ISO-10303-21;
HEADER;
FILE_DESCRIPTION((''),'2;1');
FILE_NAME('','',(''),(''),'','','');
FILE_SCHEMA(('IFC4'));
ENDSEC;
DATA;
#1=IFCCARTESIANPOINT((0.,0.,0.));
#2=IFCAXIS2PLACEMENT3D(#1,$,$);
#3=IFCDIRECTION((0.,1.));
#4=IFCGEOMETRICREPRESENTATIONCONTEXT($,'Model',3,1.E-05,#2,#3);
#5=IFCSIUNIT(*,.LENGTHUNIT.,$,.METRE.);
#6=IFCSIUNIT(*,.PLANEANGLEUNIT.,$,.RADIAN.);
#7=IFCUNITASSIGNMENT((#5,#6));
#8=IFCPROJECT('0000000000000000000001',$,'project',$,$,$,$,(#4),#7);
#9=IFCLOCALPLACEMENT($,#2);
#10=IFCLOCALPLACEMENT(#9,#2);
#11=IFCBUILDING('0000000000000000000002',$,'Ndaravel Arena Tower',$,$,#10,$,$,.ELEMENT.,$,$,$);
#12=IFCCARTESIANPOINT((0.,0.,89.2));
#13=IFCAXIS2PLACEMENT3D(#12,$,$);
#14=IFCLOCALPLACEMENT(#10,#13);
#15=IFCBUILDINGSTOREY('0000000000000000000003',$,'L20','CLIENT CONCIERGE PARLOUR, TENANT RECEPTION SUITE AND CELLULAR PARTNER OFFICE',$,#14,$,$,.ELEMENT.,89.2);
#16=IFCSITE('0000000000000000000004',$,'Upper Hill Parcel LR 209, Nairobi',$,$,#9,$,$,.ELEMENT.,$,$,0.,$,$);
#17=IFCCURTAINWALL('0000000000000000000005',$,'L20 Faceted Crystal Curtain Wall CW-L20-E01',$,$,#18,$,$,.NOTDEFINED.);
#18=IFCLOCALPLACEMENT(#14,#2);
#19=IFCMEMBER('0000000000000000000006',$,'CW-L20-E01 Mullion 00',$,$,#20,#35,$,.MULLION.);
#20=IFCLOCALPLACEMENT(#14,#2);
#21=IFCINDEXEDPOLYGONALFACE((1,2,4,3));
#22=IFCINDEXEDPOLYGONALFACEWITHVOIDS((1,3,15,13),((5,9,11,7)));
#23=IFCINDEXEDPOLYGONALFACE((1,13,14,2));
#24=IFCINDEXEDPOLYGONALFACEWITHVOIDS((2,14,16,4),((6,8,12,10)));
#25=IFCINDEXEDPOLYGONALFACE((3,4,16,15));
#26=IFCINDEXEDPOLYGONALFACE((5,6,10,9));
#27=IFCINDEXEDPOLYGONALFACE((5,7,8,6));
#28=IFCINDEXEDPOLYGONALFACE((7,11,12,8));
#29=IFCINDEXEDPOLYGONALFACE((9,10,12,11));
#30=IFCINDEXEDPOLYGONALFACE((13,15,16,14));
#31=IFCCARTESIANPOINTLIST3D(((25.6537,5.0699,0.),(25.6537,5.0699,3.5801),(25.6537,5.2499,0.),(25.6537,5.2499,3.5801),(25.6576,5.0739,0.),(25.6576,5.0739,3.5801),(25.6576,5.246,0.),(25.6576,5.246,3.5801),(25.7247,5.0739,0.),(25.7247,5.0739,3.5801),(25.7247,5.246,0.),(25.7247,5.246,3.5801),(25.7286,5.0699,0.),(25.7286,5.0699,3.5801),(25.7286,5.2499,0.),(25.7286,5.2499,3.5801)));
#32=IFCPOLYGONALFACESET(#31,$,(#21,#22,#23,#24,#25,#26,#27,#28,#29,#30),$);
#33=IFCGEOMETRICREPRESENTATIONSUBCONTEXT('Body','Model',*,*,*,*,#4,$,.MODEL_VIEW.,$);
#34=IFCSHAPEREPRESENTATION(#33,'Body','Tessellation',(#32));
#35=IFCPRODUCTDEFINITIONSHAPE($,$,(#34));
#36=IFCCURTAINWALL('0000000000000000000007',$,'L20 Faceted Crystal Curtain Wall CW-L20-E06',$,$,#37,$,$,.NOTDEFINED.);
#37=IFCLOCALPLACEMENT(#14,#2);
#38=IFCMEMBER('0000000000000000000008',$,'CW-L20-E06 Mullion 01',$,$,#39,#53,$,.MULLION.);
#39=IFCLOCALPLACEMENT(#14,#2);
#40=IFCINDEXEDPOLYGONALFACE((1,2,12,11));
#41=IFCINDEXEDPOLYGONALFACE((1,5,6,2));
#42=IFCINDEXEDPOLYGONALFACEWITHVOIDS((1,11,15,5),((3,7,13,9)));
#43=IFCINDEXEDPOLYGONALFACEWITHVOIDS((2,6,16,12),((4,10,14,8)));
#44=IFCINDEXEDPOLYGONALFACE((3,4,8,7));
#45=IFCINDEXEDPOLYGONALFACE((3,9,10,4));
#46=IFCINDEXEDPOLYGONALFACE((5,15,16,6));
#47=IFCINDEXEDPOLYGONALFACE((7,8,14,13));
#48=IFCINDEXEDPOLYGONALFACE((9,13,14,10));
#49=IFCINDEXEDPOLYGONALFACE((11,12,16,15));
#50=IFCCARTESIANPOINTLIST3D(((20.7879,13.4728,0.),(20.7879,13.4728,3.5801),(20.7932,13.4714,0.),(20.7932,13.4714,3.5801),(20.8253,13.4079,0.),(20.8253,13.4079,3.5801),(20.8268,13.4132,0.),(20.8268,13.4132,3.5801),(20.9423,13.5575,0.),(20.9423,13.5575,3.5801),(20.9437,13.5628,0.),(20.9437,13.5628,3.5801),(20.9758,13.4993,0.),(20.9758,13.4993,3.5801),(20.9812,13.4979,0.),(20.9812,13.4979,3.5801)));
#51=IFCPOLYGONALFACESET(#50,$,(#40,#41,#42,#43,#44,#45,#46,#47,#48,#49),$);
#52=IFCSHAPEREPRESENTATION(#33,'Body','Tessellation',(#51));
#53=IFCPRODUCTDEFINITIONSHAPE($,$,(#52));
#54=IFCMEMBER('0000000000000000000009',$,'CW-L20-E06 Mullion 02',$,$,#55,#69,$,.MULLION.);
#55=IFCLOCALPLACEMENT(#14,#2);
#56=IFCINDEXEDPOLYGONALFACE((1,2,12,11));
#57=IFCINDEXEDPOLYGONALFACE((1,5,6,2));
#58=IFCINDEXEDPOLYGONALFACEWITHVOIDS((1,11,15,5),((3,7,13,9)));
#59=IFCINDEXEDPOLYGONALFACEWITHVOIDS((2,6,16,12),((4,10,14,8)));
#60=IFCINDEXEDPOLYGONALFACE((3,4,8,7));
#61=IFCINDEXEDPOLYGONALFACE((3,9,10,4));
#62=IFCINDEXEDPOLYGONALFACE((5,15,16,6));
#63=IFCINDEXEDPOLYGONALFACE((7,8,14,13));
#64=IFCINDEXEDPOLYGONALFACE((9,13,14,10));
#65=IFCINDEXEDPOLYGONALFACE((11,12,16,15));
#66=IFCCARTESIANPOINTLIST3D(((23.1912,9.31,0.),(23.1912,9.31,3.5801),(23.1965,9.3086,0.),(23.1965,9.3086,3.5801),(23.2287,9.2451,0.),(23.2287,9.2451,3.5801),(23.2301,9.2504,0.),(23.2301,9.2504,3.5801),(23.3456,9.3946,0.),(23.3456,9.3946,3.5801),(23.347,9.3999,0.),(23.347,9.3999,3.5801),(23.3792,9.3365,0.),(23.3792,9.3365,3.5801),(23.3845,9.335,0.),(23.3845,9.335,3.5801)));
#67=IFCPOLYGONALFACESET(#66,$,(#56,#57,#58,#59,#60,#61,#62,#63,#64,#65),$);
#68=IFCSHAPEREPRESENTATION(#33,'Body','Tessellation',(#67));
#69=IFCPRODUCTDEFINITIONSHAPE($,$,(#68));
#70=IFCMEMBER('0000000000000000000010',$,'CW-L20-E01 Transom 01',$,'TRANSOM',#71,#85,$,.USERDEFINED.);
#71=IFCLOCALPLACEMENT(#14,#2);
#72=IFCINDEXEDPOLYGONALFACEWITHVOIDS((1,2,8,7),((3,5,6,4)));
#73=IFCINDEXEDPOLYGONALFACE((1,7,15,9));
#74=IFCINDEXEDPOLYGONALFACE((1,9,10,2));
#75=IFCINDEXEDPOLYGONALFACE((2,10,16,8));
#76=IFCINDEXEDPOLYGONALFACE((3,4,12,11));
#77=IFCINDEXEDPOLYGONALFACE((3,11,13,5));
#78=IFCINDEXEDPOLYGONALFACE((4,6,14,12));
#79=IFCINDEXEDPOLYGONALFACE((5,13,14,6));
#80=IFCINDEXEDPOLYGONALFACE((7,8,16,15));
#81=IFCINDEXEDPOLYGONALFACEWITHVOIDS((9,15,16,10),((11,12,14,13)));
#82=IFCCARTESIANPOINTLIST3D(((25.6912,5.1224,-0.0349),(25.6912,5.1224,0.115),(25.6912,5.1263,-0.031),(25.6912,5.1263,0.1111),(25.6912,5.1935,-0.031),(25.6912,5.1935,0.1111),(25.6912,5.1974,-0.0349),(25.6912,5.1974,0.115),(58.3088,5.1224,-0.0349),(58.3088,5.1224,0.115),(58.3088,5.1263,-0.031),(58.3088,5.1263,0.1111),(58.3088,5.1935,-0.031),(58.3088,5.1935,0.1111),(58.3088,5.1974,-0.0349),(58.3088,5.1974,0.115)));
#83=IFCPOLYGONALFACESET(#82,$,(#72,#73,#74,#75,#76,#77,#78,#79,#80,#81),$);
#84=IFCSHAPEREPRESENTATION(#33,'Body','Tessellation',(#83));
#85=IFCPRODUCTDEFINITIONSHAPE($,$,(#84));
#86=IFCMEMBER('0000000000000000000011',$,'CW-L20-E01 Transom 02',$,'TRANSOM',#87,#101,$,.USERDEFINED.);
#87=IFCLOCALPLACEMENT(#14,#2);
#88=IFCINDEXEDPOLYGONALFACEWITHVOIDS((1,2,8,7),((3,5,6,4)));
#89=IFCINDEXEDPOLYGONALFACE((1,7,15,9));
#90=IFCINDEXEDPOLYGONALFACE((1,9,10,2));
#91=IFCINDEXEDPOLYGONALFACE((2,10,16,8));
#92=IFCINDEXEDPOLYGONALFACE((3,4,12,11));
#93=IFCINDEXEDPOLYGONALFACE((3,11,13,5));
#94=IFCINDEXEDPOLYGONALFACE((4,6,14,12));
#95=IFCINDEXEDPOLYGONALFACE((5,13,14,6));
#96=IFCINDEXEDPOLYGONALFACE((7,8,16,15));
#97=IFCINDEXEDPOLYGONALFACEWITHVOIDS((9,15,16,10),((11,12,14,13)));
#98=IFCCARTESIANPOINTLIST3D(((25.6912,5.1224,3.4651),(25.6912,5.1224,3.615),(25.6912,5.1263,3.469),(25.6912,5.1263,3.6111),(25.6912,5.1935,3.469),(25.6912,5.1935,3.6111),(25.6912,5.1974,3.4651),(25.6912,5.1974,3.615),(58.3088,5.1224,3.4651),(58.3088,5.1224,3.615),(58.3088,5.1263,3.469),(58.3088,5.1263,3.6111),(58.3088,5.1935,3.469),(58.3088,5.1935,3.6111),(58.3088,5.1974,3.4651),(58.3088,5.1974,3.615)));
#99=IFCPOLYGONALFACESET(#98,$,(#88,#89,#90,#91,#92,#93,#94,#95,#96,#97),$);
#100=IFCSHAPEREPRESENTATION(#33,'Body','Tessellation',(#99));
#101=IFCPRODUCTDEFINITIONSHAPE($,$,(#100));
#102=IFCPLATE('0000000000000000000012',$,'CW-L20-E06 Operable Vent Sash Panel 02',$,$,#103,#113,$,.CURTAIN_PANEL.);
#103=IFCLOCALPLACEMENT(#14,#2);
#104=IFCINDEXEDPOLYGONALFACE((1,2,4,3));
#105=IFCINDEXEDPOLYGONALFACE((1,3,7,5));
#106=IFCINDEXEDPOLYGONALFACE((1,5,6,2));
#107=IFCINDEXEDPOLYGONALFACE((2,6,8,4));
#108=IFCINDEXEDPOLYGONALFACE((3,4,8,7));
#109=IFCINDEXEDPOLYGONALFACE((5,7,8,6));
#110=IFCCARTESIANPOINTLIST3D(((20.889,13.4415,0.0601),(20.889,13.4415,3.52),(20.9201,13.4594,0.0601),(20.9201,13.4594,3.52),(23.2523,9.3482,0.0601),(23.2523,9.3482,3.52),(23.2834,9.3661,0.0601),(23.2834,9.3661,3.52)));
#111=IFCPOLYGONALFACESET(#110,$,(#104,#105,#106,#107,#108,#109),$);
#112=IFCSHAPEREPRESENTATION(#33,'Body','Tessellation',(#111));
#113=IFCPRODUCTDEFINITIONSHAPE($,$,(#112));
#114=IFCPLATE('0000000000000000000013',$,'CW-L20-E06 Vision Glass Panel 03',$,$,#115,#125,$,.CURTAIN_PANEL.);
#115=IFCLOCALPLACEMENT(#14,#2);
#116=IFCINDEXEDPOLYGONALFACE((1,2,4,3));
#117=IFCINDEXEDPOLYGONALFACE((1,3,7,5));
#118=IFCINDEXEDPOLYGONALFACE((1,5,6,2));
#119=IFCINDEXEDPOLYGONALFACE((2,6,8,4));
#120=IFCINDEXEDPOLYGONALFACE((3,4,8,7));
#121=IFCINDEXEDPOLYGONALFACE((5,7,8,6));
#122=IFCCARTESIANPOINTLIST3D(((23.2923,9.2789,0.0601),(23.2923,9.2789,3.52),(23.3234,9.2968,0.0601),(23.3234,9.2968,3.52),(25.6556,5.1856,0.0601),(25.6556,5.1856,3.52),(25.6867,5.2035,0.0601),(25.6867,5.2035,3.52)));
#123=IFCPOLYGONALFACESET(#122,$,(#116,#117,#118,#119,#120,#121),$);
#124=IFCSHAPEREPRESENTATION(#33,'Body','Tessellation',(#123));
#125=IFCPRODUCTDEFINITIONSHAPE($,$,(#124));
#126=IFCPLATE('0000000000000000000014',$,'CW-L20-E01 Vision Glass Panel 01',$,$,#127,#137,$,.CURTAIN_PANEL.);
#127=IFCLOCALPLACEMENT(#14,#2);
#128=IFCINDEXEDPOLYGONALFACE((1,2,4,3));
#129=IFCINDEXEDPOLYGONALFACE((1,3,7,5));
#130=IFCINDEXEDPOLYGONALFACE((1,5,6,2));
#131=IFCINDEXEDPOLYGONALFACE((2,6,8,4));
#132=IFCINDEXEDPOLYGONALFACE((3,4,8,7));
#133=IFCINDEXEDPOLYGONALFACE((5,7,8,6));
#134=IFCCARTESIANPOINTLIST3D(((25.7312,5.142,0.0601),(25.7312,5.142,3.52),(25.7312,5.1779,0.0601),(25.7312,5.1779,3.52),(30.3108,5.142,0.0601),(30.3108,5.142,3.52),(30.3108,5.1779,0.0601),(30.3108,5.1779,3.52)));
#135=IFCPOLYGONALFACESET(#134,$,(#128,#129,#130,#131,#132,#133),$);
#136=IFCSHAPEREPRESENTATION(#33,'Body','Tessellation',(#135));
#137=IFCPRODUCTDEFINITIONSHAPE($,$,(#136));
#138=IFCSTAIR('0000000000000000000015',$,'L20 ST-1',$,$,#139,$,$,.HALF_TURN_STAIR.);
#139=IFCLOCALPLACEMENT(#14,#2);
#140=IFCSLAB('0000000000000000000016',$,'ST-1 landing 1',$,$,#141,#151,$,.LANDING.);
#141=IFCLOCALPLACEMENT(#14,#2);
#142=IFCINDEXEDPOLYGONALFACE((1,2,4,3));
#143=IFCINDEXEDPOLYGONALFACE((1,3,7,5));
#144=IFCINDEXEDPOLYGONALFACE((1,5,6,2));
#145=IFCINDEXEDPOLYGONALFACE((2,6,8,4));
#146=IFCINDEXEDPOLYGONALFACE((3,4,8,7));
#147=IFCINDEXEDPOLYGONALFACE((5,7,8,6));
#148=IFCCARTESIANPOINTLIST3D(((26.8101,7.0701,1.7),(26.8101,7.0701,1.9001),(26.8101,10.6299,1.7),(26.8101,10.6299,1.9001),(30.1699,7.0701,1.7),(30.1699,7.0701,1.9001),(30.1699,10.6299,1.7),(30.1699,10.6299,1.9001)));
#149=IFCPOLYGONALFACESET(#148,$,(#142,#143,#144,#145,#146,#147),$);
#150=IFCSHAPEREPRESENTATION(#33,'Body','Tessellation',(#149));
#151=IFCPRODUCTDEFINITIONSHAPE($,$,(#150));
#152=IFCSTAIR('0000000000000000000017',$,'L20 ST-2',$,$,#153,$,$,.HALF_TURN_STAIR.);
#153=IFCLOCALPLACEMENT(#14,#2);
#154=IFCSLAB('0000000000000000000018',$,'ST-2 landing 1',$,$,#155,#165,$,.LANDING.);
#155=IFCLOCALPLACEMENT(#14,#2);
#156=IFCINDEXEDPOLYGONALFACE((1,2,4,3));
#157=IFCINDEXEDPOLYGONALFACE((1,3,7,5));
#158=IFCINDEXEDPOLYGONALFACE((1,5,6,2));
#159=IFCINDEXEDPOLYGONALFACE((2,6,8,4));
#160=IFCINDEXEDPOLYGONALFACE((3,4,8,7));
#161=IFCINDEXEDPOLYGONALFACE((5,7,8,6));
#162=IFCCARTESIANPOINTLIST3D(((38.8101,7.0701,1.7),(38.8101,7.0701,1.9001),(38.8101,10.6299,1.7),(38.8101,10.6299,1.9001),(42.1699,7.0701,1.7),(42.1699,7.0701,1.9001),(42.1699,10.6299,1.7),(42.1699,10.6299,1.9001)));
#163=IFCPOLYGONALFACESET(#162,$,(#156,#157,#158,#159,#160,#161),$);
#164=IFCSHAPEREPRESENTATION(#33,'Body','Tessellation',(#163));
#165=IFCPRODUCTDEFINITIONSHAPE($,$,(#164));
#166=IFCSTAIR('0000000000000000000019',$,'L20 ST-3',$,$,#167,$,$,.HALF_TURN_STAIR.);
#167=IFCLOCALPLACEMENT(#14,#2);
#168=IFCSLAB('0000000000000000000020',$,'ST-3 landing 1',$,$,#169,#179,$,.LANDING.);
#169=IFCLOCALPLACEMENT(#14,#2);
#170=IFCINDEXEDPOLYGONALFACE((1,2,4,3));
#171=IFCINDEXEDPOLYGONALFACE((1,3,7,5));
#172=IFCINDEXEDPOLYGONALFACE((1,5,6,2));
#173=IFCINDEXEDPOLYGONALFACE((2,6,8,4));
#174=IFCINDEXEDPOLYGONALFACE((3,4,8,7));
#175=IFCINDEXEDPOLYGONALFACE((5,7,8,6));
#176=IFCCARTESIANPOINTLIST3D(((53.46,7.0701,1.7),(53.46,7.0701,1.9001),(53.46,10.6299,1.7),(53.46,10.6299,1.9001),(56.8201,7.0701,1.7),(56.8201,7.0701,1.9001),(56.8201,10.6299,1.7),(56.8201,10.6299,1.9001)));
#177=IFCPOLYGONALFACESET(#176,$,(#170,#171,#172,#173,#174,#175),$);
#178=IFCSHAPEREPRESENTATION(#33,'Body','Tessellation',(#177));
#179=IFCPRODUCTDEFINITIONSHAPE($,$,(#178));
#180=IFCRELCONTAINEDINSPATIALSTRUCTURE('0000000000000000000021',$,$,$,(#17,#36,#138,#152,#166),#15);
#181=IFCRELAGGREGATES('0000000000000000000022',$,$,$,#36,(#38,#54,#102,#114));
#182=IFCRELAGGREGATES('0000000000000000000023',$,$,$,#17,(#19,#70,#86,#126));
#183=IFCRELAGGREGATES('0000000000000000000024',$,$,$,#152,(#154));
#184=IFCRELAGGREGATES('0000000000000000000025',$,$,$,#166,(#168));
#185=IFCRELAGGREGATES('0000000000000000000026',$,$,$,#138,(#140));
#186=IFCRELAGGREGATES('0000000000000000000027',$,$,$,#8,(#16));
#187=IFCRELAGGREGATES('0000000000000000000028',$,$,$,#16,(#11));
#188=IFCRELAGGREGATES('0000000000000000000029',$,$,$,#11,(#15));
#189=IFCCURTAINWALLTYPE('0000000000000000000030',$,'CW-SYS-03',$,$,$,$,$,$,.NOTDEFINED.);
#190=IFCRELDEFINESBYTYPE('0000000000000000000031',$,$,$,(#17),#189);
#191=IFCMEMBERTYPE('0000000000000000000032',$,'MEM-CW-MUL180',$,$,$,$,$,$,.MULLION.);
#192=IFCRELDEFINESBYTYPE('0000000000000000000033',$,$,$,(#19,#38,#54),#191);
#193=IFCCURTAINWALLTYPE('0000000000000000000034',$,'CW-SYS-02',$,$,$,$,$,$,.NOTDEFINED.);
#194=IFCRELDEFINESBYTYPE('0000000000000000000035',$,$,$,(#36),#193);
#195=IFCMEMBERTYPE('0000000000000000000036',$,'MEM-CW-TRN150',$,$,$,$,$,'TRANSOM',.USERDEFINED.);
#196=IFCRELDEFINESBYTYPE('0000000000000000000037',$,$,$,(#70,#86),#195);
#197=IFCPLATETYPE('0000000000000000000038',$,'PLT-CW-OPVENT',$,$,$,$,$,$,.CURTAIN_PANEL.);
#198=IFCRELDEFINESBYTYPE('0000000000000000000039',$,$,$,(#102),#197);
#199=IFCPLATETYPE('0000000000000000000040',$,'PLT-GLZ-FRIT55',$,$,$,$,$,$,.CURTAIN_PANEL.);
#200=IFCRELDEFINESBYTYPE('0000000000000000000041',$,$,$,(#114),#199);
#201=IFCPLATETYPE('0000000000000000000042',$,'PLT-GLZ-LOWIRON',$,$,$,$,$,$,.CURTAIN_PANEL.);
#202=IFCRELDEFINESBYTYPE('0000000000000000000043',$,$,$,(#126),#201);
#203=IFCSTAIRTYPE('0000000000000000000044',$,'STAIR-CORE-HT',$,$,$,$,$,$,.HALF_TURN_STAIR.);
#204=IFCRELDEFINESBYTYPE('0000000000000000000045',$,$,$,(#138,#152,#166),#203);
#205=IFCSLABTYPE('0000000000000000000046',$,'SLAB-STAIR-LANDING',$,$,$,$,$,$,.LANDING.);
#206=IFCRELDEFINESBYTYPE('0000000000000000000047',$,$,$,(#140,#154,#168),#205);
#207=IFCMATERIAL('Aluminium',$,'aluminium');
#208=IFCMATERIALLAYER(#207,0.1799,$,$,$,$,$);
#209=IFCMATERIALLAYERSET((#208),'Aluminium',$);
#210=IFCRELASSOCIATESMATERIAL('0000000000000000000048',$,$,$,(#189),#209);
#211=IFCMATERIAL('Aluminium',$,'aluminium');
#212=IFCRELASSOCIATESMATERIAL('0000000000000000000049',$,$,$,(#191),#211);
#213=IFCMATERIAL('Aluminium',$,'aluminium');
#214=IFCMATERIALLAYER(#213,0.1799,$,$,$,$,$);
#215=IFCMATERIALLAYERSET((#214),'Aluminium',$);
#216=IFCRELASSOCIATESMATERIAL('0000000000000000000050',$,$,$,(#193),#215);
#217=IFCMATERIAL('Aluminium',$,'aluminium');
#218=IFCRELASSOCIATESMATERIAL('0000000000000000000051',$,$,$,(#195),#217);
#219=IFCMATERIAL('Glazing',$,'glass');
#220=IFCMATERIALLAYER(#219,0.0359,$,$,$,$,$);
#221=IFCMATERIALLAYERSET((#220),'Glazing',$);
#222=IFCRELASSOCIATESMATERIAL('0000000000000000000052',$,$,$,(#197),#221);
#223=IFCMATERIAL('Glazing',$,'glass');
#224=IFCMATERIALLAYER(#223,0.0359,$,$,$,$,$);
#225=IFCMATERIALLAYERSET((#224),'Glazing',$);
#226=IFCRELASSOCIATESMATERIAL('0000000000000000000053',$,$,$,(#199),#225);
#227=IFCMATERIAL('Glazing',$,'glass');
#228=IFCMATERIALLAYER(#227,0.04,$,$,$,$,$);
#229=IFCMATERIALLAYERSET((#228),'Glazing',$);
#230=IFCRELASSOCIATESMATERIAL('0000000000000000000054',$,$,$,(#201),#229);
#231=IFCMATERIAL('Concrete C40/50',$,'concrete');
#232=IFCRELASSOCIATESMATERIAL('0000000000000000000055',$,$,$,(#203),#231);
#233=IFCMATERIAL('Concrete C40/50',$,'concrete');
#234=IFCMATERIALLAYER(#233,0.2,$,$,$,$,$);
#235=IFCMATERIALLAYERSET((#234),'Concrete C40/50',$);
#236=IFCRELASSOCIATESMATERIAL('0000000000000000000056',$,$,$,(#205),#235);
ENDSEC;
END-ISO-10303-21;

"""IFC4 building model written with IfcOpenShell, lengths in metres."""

from ifc_helpers import new_model, si_unit, direction, frame, origin, origin_2d, place, context, subcontext, project, spatial, polyline, rectangle, hollow_rectangle, outline, extrude, material, layer, layer_set, material_profile, profile_set, type_object, element, aggregate, save


model = new_model("IFC4")

# Units and contexts
model_context = context("Model", 3, precision=1e-05, world=origin(), true_north=direction((0.0, 1.0)))
body_context = subcontext(model_context, "Body", "Model", "MODEL_VIEW")
ifc_project = project(units=[si_unit("LENGTHUNIT", "METRE"), si_unit("PLANEANGLEUNIT", "RADIAN")], contexts=[model_context])

# Site, building, storey
site_placement = place(None, origin())
site = spatial("IfcSite", under=ifc_project, at=site_placement, Name="Upper Hill Parcel LR 209, Nairobi", CompositionType="ELEMENT", RefElevation=0.0)
building_placement = place(site_placement, origin())
building = spatial("IfcBuilding", under=site, at=building_placement, Name="Ndaravel Arena Tower", CompositionType="ELEMENT")
storey_placement = place(building_placement, frame((0.0, 0.0, 89.2)))
storey = spatial("IfcBuildingStorey", under=building, at=storey_placement, Name="L20", Description="CLIENT CONCIERGE PARLOUR, TENANT RECEPTION SUITE AND CELLULAR PARTNER OFFICE", CompositionType="ELEMENT", Elevation=89.2)

# Curtain wall, member
ifc_material_1 = material(Name="Aluminium", Category="aluminium")
ifc_layer_1 = layer(ifc_material_1, 0.1799)
ifc_layer_set_1 = layer_set([ifc_layer_1], Name="Aluminium")
curtain_wall_type_1 = type_object("IfcCurtainWallType", Name="CW-SYS-03", PredefinedType="NOTDEFINED", material=ifc_layer_set_1)
curtain_wall_1_placement = place(storey_placement, origin())
curtain_wall_1 = element("IfcCurtainWall", 1, at=curtain_wall_1_placement, inside=storey, type_object=curtain_wall_type_1, Name="L20 Faceted Crystal Curtain Wall CW-L20-E01", PredefinedType="NOTDEFINED")
ifc_material_2 = material(Name="Aluminium", Category="aluminium")
ifc_material_profile_1 = material_profile(ifc_material_2, hollow_rectangle(XDim=0.075, YDim=0.1799, WallThickness=0.0039, at=origin_2d()), Name="CW MULLION 75x180x4")
ifc_profile_set_1 = profile_set([ifc_material_profile_1], Name="Aluminium")
member_type_1 = type_object("IfcMemberType", Name="MEM-CW-MUL180", PredefinedType="MULLION", material=ifc_profile_set_1)
member_1_placement = place(storey_placement, frame((25.6912, 5.1599, 0.0), z_axis=(0.0, 0.0, 1.0), x_axis=(1.0, 0.0, 0.0)))
member_1 = element("IfcMember", 2, at=member_1_placement, type_object=member_type_1, Name="CW-L20-E01 Mullion 00", PredefinedType="MULLION", context=body_context, shape_type="SweptSolid", body=[
    extrude(hollow_rectangle(XDim=0.075, YDim=0.1799, WallThickness=0.0039, at=origin_2d()), origin(), (0.0, 0.0, 1.0), 3.5801),
])

# Curtain wall, members
ifc_material_3 = material(Name="Aluminium", Category="aluminium")
ifc_layer_2 = layer(ifc_material_3, 0.1799)
ifc_layer_set_2 = layer_set([ifc_layer_2], Name="Aluminium")
curtain_wall_type_2 = type_object("IfcCurtainWallType", Name="CW-SYS-02", PredefinedType="NOTDEFINED", material=ifc_layer_set_2)
curtain_wall_2_placement = place(storey_placement, origin())
curtain_wall_2 = element("IfcCurtainWall", 3, at=curtain_wall_2_placement, inside=storey, type_object=curtain_wall_type_2, Name="L20 Faceted Crystal Curtain Wall CW-L20-E06", PredefinedType="NOTDEFINED")
member_2_placement = place(storey_placement, frame((20.8845, 13.4854, 0.0), z_axis=(0.0, 0.0, 1.0), x_axis=(0.5, -0.866025, 0.0)))
member_2 = element("IfcMember", 4, at=member_2_placement, type_object=member_type_1, Name="CW-L20-E06 Mullion 01", PredefinedType="MULLION", context=body_context, shape_type="SweptSolid", body=[
    extrude(hollow_rectangle(XDim=0.075, YDim=0.1799, WallThickness=0.0039, at=origin_2d()), origin(), (0.0, 0.0, 1.0), 3.5801),
])
member_3_placement = place(storey_placement, frame((23.2878, 9.3225, 0.0), z_axis=(0.0, 0.0, 1.0), x_axis=(0.5, -0.866025, 0.0)))
member_3 = element("IfcMember", 5, at=member_3_placement, type_object=member_type_1, Name="CW-L20-E06 Mullion 02", PredefinedType="MULLION", context=body_context, shape_type="SweptSolid", body=[
    extrude(hollow_rectangle(XDim=0.075, YDim=0.1799, WallThickness=0.0039, at=origin_2d()), origin(), (0.0, 0.0, 1.0), 3.5801),
])

# Members
ifc_material_4 = material(Name="Aluminium", Category="aluminium")
ifc_material_profile_2 = material_profile(ifc_material_4, hollow_rectangle(XDim=0.075, YDim=0.1499, WallThickness=0.0039, at=origin_2d()), Name="CW TRANSOM 75x150x4")
ifc_profile_set_2 = profile_set([ifc_material_profile_2], Name="Aluminium")
member_type_2 = type_object("IfcMemberType", Name="MEM-CW-TRN150", ElementType="TRANSOM", PredefinedType="USERDEFINED", material=ifc_profile_set_2)
member_4_placement = place(storey_placement, frame((25.6912, 5.1599, 0.04), z_axis=(1.0, 0.0, 0.0), x_axis=(0.0, 1.0, 0.0)))
member_4 = element("IfcMember", 6, at=member_4_placement, type_object=member_type_2, Name="CW-L20-E01 Transom 01", ObjectType="TRANSOM", PredefinedType="USERDEFINED", context=body_context, shape_type="SweptSolid", body=[
    extrude(hollow_rectangle(XDim=0.075, YDim=0.1499, WallThickness=0.0039, at=origin_2d()), origin(), (0.0, 0.0, 1.0), 32.6177),
])
member_5_placement = place(storey_placement, frame((25.6912, 5.1599, 3.54), z_axis=(1.0, 0.0, 0.0), x_axis=(0.0, 1.0, 0.0)))
member_5 = element("IfcMember", 7, at=member_5_placement, type_object=member_type_2, Name="CW-L20-E01 Transom 02", ObjectType="TRANSOM", PredefinedType="USERDEFINED", context=body_context, shape_type="SweptSolid", body=[
    extrude(hollow_rectangle(XDim=0.075, YDim=0.1499, WallThickness=0.0039, at=origin_2d()), origin(), (0.0, 0.0, 1.0), 32.6177),
])

# Plates
ifc_material_5 = material(Name="Glazing", Category="glass")
ifc_layer_3 = layer(ifc_material_5, 0.0359)
ifc_layer_set_3 = layer_set([ifc_layer_3], Name="Glazing")
plate_type_1 = type_object("IfcPlateType", Name="PLT-CW-OPVENT", PredefinedType="CURTAIN_PANEL", material=ifc_layer_set_3)
plate_1_placement = place(storey_placement, frame((22.0862, 11.4038, 0.0601), z_axis=(0.0, 0.0, 1.0), x_axis=(0.5, -0.866025, 0.0)))
plate_1 = element("IfcPlate", 8, at=plate_1_placement, type_object=plate_type_1, Name="CW-L20-E06 Operable Vent Sash Panel 02", PredefinedType="CURTAIN_PANEL", context=body_context, shape_type="SweptSolid", body=[
    extrude(rectangle(XDim=4.7266, YDim=0.0359, at=origin_2d()), origin(), (0.0, 0.0, 1.0), 3.46),
])
ifc_material_6 = material(Name="Glazing", Category="glass")
ifc_layer_4 = layer(ifc_material_6, 0.0359)
ifc_layer_set_4 = layer_set([ifc_layer_4], Name="Glazing")
plate_type_2 = type_object("IfcPlateType", Name="PLT-GLZ-FRIT55", PredefinedType="CURTAIN_PANEL", material=ifc_layer_set_4)
plate_2_placement = place(storey_placement, frame((24.4895, 7.2412, 0.0601), z_axis=(0.0, 0.0, 1.0), x_axis=(0.5, -0.866025, 0.0)))
plate_2 = element("IfcPlate", 9, at=plate_2_placement, type_object=plate_type_2, Name="CW-L20-E06 Vision Glass Panel 03", PredefinedType="CURTAIN_PANEL", context=body_context, shape_type="SweptSolid", body=[
    extrude(rectangle(XDim=4.7266, YDim=0.0359, at=origin_2d()), origin(), (0.0, 0.0, 1.0), 3.46),
])
aggregate(curtain_wall_2, [member_2, member_3, plate_1, plate_2])
ifc_material_7 = material(Name="Glazing", Category="glass")
ifc_layer_5 = layer(ifc_material_7, 0.04)
ifc_layer_set_5 = layer_set([ifc_layer_5], Name="Glazing")
plate_type_3 = type_object("IfcPlateType", Name="PLT-GLZ-LOWIRON", PredefinedType="CURTAIN_PANEL", material=ifc_layer_set_5)
plate_3_placement = place(storey_placement, frame((28.021, 5.1599, 0.0601), z_axis=(0.0, 0.0, 1.0), x_axis=(1.0, 0.0, 0.0)))
plate_3 = element("IfcPlate", 10, at=plate_3_placement, type_object=plate_type_3, Name="CW-L20-E01 Vision Glass Panel 01", PredefinedType="CURTAIN_PANEL", context=body_context, shape_type="SweptSolid", body=[
    extrude(rectangle(XDim=4.5796, YDim=0.0359, at=origin_2d()), origin(), (0.0, 0.0, 1.0), 3.46),
])
aggregate(curtain_wall_1, [member_1, member_4, member_5, plate_3])

# Stairs, slabs
ifc_material_8 = material(Name="Concrete C40/50", Category="concrete")
stair_type = type_object("IfcStairType", Name="STAIR-CORE-HT", PredefinedType="HALF_TURN_STAIR", material=ifc_material_8)
stair_1_placement = place(storey_placement, origin())
stair_1 = element("IfcStair", 11, at=stair_1_placement, inside=storey, type_object=stair_type, Name="L20 ST-1", PredefinedType="HALF_TURN_STAIR")
ifc_material_9 = material(Name="Concrete C40/50", Category="concrete")
ifc_layer_6 = layer(ifc_material_9, 0.2)
ifc_layer_set_6 = layer_set([ifc_layer_6], Name="Concrete C40/50")
slab_type_1 = type_object("IfcSlabType", Name="SLAB-STAIR-LANDING", PredefinedType="LANDING", material=ifc_layer_set_6)
slab_1_placement = place(storey_placement, frame((0.0, 0.0, 1.7)))
slab_1 = element("IfcSlab", 12, at=slab_1_placement, type_object=slab_type_1, Name="ST-1 landing 1", PredefinedType="LANDING", context=body_context, shape_type="SweptSolid", body=[
    extrude(outline(polyline([(26.8101, 10.6299), (26.8101, 7.0701), (30.1699, 7.0701), (30.1699, 10.6299), (26.8101, 10.6299)])), origin(), (0.0, 0.0, 1.0), 0.2002),
])
stair_2_placement = place(storey_placement, origin())
stair_2 = element("IfcStair", 13, at=stair_2_placement, inside=storey, type_object=stair_type, Name="L20 ST-2", PredefinedType="HALF_TURN_STAIR")
slab_2_placement = place(storey_placement, frame((0.0, 0.0, 1.7)))
slab_2 = element("IfcSlab", 14, at=slab_2_placement, type_object=slab_type_1, Name="ST-2 landing 1", PredefinedType="LANDING", context=body_context, shape_type="SweptSolid", body=[
    extrude(outline(polyline([(38.8101, 10.6299), (38.8101, 7.0701), (42.1699, 7.0701), (42.1699, 10.6299), (38.8101, 10.6299)])), origin(), (0.0, 0.0, 1.0), 0.2002),
])
aggregate(stair_2, [slab_2])
stair_3_placement = place(storey_placement, origin())
stair_3 = element("IfcStair", 15, at=stair_3_placement, inside=storey, type_object=stair_type, Name="L20 ST-3", PredefinedType="HALF_TURN_STAIR")
slab_3_placement = place(storey_placement, frame((0.0, 0.0, 1.7)))
slab_3 = element("IfcSlab", 16, at=slab_3_placement, type_object=slab_type_1, Name="ST-3 landing 1", PredefinedType="LANDING", context=body_context, shape_type="SweptSolid", body=[
    extrude(outline(polyline([(53.46, 10.6299), (53.46, 7.0701), (56.8201, 7.0701), (56.8201, 10.6299), (53.46, 10.6299)])), origin(), (0.0, 0.0, 1.0), 0.2002),
])
aggregate(stair_3, [slab_3])

aggregate(stair_1, [slab_1])

save(model, "model.ifc")
